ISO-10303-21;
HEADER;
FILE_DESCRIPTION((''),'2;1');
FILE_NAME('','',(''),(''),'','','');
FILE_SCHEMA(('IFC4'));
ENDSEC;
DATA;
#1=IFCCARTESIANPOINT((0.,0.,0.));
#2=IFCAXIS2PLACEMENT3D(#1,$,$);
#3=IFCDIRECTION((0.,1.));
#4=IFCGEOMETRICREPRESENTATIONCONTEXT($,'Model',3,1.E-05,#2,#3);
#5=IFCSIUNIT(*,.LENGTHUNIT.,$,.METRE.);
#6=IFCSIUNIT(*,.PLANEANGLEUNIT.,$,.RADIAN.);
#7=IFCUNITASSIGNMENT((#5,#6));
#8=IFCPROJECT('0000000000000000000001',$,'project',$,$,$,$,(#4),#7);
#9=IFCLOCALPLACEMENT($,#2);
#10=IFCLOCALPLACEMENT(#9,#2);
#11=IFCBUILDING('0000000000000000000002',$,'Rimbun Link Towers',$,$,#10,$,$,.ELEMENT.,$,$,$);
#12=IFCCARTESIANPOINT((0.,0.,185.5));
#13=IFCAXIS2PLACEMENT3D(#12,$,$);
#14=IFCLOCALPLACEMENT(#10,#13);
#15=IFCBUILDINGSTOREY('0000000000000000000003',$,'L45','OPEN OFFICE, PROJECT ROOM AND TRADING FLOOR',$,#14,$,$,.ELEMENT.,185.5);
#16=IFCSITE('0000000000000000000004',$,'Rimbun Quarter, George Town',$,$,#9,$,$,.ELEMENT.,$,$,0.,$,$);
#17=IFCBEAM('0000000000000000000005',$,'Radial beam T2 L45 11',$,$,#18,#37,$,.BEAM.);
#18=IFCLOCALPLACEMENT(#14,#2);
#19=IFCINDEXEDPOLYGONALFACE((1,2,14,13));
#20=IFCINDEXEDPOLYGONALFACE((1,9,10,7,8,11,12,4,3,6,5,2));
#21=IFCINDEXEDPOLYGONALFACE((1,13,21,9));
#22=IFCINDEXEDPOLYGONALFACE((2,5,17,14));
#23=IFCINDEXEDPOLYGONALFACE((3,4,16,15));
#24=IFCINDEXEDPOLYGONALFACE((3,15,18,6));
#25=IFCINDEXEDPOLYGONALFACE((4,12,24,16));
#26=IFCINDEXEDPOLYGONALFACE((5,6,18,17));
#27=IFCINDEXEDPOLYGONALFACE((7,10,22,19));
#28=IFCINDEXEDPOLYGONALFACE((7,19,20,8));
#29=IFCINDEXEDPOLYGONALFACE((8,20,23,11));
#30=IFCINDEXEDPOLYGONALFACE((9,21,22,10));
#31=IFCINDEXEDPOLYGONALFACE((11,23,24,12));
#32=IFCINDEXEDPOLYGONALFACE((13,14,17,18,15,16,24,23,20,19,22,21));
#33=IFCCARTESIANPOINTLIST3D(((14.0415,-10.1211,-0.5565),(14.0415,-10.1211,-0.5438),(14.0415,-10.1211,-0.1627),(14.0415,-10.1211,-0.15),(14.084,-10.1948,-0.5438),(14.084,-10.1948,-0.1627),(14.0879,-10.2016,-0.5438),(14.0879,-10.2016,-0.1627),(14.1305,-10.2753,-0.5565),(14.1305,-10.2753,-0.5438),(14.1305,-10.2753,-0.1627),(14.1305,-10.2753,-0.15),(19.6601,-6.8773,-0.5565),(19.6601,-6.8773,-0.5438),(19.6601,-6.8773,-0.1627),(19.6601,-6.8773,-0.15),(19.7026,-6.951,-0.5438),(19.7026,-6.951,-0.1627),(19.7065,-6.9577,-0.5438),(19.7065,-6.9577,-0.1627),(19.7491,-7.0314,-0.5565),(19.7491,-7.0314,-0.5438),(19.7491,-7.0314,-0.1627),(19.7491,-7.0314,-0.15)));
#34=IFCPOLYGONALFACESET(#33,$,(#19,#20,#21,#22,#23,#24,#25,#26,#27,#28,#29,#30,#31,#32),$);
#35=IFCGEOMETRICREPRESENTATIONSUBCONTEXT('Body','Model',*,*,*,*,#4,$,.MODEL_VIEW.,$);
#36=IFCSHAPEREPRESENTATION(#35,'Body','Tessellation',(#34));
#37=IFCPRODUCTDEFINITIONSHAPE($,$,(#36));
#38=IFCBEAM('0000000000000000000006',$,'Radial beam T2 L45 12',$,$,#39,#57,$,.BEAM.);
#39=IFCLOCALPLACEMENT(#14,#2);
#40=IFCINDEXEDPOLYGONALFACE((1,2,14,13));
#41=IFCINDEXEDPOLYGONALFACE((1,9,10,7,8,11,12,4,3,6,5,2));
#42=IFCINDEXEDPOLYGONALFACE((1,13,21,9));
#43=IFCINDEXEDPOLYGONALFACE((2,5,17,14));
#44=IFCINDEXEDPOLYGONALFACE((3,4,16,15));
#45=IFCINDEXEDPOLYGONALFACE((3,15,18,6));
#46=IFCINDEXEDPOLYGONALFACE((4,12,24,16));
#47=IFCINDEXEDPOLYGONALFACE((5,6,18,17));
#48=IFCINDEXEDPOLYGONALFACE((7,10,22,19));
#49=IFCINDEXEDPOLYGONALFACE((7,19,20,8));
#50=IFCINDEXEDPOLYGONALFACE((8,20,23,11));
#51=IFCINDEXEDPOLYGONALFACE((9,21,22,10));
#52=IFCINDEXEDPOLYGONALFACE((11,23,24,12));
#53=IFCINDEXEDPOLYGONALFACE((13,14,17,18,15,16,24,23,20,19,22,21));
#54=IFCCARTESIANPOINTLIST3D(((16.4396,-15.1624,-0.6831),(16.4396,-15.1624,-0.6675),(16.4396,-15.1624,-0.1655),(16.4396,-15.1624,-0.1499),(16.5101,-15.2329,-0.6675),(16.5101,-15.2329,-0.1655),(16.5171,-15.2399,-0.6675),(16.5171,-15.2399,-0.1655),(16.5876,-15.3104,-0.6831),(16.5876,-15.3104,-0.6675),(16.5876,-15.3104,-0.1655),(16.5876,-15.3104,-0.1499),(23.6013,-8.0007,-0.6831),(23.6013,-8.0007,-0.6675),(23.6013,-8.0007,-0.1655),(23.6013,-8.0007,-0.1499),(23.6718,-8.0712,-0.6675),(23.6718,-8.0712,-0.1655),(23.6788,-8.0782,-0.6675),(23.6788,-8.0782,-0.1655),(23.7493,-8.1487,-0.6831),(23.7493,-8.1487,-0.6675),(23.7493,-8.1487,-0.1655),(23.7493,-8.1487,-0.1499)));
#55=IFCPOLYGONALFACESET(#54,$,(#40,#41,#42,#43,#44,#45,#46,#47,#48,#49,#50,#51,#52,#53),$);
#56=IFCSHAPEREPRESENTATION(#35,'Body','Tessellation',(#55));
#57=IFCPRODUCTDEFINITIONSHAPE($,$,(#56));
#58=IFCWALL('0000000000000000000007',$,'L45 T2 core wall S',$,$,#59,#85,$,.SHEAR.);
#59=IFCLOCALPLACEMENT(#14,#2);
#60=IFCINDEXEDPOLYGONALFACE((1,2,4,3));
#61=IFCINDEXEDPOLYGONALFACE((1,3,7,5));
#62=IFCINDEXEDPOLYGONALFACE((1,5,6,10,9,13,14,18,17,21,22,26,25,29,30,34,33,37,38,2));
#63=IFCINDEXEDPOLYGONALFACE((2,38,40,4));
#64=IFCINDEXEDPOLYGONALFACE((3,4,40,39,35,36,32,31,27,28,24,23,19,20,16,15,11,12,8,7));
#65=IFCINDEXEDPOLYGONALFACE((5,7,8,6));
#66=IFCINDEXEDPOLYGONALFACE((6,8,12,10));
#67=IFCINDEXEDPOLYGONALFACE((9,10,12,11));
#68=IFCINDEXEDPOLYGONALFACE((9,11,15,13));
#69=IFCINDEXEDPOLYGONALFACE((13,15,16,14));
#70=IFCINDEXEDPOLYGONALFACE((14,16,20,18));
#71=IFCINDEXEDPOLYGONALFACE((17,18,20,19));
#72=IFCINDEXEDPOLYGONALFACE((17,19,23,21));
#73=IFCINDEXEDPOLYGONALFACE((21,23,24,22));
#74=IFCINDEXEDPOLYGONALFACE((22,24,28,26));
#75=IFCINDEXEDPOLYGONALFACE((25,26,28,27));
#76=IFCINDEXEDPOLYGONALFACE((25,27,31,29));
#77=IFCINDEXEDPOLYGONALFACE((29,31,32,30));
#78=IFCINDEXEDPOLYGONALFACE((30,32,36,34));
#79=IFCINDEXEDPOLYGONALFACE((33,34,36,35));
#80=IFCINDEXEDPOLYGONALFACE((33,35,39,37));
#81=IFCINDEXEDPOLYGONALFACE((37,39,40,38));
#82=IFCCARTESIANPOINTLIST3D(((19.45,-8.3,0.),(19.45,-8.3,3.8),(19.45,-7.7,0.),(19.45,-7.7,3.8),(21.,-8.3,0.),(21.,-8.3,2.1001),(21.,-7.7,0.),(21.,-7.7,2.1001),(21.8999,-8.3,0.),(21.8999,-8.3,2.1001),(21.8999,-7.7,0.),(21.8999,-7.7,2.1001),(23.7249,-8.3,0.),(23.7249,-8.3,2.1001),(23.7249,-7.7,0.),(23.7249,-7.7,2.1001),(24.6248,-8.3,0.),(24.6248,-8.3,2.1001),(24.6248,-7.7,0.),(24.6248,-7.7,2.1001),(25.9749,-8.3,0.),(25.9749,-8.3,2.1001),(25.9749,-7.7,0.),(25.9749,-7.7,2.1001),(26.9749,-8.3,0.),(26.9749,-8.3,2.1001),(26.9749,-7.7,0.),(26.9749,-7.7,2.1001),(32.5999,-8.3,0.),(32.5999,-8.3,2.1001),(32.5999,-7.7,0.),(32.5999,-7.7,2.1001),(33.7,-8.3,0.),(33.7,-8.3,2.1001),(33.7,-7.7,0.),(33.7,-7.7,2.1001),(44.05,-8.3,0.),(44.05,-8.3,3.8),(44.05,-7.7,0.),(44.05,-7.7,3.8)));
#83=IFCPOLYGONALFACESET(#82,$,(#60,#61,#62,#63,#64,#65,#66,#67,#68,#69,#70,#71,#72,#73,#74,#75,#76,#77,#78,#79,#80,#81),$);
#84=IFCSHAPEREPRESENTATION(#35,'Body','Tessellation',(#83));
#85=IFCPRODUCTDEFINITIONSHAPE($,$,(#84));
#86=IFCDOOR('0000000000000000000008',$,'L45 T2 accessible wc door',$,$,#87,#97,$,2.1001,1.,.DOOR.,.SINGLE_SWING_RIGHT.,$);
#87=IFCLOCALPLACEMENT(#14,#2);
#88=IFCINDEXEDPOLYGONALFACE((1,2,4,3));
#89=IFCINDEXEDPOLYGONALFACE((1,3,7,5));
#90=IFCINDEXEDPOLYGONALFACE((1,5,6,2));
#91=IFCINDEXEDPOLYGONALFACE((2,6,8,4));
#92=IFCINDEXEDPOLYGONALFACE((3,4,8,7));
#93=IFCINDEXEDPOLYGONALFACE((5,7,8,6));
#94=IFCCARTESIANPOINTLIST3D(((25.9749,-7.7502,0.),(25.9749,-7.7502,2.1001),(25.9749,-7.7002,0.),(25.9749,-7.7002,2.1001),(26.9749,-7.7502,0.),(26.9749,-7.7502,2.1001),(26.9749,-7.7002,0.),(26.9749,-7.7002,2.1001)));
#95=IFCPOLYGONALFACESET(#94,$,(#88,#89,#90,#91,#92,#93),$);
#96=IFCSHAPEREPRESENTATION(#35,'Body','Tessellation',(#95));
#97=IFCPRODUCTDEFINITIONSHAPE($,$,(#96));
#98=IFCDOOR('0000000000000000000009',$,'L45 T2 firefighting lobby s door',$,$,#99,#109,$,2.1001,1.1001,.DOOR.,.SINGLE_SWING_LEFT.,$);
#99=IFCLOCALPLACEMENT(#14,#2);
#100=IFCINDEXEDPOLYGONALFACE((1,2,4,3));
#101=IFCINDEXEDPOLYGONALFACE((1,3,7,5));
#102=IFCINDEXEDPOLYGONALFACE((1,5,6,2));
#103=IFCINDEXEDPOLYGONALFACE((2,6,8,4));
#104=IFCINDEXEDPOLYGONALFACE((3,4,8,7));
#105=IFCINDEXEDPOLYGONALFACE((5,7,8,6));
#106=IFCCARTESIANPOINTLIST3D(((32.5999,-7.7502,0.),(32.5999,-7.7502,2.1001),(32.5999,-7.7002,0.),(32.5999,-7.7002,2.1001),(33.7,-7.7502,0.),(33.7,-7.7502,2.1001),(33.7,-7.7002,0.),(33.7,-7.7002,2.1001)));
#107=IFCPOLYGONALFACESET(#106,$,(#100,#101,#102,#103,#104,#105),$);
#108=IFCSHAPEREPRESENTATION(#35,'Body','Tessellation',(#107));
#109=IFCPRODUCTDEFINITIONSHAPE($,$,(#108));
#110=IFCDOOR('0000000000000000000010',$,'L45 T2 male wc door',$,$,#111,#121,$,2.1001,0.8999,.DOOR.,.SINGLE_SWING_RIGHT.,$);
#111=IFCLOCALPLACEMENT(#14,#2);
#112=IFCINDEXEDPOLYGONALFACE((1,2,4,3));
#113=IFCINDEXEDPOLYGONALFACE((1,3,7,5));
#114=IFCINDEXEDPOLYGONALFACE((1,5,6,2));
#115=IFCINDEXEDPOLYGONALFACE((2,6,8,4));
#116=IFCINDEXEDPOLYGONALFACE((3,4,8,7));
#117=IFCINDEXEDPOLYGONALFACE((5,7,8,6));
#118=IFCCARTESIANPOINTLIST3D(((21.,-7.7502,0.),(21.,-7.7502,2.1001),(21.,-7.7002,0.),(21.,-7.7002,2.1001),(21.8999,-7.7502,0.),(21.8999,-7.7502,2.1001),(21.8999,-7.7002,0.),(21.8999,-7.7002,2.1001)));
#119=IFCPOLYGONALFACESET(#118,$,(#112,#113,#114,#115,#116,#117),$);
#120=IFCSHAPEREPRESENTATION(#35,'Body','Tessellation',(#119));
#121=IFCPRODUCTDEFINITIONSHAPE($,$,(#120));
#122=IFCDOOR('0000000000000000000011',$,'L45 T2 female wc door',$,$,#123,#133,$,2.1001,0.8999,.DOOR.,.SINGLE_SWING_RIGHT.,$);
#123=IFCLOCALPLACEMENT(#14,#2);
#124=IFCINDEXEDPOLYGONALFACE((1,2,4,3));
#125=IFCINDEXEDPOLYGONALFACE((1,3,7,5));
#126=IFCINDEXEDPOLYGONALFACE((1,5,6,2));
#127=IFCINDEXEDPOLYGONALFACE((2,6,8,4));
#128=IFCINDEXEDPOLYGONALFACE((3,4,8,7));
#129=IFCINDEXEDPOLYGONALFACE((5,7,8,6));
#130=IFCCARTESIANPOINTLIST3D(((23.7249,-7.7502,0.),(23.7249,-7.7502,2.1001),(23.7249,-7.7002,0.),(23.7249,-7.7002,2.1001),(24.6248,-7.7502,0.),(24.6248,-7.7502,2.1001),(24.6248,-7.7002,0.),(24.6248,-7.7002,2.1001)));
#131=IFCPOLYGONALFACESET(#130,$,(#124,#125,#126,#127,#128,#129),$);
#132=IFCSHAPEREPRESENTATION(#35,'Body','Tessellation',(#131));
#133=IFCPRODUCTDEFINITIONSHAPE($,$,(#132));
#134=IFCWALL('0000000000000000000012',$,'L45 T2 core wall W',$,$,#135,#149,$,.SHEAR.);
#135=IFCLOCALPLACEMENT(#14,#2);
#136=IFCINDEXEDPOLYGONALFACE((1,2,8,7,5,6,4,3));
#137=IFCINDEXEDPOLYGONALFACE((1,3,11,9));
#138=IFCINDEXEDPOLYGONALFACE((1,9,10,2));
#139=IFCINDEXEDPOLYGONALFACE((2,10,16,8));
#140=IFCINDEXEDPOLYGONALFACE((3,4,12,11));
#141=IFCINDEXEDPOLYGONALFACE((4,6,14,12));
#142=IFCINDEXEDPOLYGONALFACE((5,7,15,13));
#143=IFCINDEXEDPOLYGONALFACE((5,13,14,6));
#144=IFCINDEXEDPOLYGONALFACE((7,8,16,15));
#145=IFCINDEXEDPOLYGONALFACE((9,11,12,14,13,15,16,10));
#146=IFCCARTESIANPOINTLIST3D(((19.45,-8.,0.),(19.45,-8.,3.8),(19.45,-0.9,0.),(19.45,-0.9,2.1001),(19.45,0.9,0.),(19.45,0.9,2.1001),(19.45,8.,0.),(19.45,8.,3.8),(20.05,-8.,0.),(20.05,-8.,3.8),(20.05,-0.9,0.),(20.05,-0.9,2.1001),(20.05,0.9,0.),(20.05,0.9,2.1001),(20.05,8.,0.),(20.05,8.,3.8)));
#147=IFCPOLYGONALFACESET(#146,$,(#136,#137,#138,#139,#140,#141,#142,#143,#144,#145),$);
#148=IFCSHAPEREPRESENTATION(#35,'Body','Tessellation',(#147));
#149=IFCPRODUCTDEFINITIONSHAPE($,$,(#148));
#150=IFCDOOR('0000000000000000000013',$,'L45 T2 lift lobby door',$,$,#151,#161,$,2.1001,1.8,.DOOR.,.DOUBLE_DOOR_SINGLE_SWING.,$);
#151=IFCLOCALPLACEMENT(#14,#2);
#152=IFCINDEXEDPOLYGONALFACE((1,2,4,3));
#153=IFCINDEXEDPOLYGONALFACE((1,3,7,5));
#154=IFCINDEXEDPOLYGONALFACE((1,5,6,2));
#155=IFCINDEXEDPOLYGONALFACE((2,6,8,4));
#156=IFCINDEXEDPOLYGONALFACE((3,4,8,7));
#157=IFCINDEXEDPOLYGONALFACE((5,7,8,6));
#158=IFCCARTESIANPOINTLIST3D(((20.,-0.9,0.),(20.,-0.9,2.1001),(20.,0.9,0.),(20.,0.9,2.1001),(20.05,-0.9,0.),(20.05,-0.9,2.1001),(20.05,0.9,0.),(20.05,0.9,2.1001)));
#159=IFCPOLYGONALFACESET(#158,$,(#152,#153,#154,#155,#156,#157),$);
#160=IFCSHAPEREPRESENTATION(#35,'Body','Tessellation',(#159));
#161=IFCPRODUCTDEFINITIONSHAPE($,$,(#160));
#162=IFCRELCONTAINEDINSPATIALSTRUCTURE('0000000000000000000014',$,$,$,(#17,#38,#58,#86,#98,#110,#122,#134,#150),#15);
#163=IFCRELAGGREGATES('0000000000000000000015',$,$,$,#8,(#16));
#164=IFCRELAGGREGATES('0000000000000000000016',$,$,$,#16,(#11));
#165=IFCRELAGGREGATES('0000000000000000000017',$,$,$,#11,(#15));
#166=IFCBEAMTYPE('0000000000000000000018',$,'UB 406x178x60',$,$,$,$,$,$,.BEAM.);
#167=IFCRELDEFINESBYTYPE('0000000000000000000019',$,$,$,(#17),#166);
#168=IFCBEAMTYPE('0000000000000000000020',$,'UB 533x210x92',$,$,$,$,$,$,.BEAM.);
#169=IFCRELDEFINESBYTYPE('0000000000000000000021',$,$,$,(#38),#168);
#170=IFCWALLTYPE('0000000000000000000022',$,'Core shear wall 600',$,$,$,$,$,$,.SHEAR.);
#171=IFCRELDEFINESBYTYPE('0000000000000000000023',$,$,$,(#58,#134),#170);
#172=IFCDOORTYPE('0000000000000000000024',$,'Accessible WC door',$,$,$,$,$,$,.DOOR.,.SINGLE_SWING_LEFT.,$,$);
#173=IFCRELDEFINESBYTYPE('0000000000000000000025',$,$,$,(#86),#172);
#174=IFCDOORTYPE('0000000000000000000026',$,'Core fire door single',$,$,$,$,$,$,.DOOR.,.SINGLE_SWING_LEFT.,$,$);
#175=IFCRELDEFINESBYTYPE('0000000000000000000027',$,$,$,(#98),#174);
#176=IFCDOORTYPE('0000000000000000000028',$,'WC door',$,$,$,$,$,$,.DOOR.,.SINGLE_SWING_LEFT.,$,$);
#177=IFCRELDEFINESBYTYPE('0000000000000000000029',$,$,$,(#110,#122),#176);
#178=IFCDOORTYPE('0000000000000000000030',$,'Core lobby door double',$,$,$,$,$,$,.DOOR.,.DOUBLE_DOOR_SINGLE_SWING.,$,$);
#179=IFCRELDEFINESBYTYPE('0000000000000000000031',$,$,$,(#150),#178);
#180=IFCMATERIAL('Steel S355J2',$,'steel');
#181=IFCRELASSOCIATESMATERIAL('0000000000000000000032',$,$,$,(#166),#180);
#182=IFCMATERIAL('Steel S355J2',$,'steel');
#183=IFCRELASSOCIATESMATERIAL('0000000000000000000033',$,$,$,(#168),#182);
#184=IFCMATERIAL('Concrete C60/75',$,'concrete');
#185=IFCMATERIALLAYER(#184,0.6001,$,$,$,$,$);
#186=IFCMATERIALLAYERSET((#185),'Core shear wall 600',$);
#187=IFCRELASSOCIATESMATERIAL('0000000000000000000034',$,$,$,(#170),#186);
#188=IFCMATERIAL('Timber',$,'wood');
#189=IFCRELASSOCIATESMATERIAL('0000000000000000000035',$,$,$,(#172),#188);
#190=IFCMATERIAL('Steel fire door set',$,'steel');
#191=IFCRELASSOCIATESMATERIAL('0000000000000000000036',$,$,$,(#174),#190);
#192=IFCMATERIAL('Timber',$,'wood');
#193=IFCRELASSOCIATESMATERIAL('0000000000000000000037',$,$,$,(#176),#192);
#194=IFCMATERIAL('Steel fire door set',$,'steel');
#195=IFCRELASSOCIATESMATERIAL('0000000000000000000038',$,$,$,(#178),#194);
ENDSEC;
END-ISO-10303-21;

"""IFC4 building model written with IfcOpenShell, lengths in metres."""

from ifc_helpers import new_model, si_unit, direction, frame, frame_2d, origin, origin_2d, place, context, subcontext, project, spatial, rectangle, i_section, extrude, material, layer, layer_set, material_profile, profile_set, type_object, element, fill, save


model = new_model("IFC4")

# Units and contexts
model_context = context("Model", 3, precision=1e-05, world=origin(), true_north=direction((0.0, 1.0)))
body_context = subcontext(model_context, "Body", "Model", "MODEL_VIEW")
ifc_project = project(units=[si_unit("LENGTHUNIT", "METRE"), si_unit("PLANEANGLEUNIT", "RADIAN")], contexts=[model_context])

# Site, building, storey
site_placement = place(None, origin())
site = spatial("IfcSite", under=ifc_project, at=site_placement, Name="Rimbun Quarter, George Town", CompositionType="ELEMENT", RefElevation=0.0)
building_placement = place(site_placement, origin())
building = spatial("IfcBuilding", under=site, at=building_placement, Name="Rimbun Link Towers", CompositionType="ELEMENT")
storey_placement = place(building_placement, frame((0.0, 0.0, 185.5)))
storey = spatial("IfcBuildingStorey", under=building, at=storey_placement, Name="L45", Description="OPEN OFFICE, PROJECT ROOM AND TRADING FLOOR", CompositionType="ELEMENT", Elevation=185.5)

# Beams
ifc_material_1 = material(Name="Steel S355J2", Category="steel")
ifc_material_profile_1 = material_profile(ifc_material_1, i_section(OverallWidth=0.178, OverallDepth=0.4065, WebThickness=0.0078, FlangeThickness=0.0127, at=origin_2d()), Name="UB 406x178x60")
ifc_profile_set_1 = profile_set([ifc_material_profile_1], Name="Steel S355J2")
beam_type_1 = type_object("IfcBeamType", Name="UB 406x178x60", PredefinedType="BEAM", material=ifc_profile_set_1)
beam_1_placement = place(storey_placement, frame((19.7046, -6.9543, -0.3533), z_axis=(-0.866028, -0.499996, 0.0), x_axis=(0.499996, -0.866028, 0.0)))
element("IfcBeam", 1, at=beam_1_placement, inside=storey, type_object=beam_type_1, Name="Radial beam T2 L45 11", PredefinedType="BEAM", context=body_context, shape_type="SweptSolid", body=[
    extrude(i_section(OverallWidth=0.178, OverallDepth=0.4065, WebThickness=0.0078, FlangeThickness=0.0127, at=origin_2d()), origin(), (0.0, 0.0, 1.0), 6.4878),
])
ifc_material_2 = material(Name="Steel S355J2", Category="steel")
ifc_material_profile_2 = material_profile(ifc_material_2, i_section(OverallWidth=0.2092, OverallDepth=0.5332, WebThickness=0.01, FlangeThickness=0.0156, at=origin_2d()), Name="UB 533x210x92")
ifc_profile_set_2 = profile_set([ifc_material_profile_2], Name="Steel S355J2")
beam_type_2 = type_object("IfcBeamType", Name="UB 533x210x92", PredefinedType="BEAM", material=ifc_profile_set_2)
beam_2_placement = place(storey_placement, frame((23.6753, -8.0747, -0.4165), z_axis=(-0.707107, -0.707107, 0.0), x_axis=(0.707107, -0.707107, 0.0)))
element("IfcBeam", 2, at=beam_2_placement, inside=storey, type_object=beam_type_2, Name="Radial beam T2 L45 12", PredefinedType="BEAM", context=body_context, shape_type="SweptSolid", body=[
    extrude(i_section(OverallWidth=0.2092, OverallDepth=0.5332, WebThickness=0.01, FlangeThickness=0.0156, at=origin_2d()), origin(), (0.0, 0.0, 1.0), 10.1282),
])

# Wall, openings, doors
ifc_material_3 = material(Name="Concrete C60/75", Category="concrete")
ifc_layer_1 = layer(ifc_material_3, 0.6001)
ifc_layer_set_1 = layer_set([ifc_layer_1], Name="Core shear wall 600")
wall_type_1 = type_object("IfcWallType", Name="Core shear wall 600", PredefinedType="SHEAR", material=ifc_layer_set_1)
wall_1_placement = place(storey_placement, frame((19.45, -8.0, 0.0), z_axis=(0.0, 0.0, 1.0), x_axis=(1.0, 0.0, 0.0)))
wall_1 = element("IfcWall", 3, at=wall_1_placement, inside=storey, type_object=wall_type_1, Name="L45 T2 core wall S", PredefinedType="SHEAR", context=body_context, shape_type="SweptSolid", body=[
    extrude(rectangle(XDim=24.6001, YDim=0.6001, at=frame_2d((12.3, 0.0))), origin(), (0.0, 0.0, 1.0), 3.8),
])
opening_1_placement = place(wall_1_placement, frame((13.1499, 0.0, 0.0)))
opening_1 = element("IfcOpeningElement", 4, at=opening_1_placement, cuts=wall_1, PredefinedType="OPENING", context=body_context, shape_type="SweptSolid", body=[
    extrude(rectangle(XDim=1.1001, YDim=2.1001, at=frame_2d((0.55, 1.05))), frame((0.0, 0.3101, 0.0), z_axis=(0.0, -1.0, 0.0), x_axis=(1.0, 0.0, 0.0)), (0.0, 0.0, 1.0), 0.6201),
])
opening_2_placement = place(wall_1_placement, frame((1.55, 0.0, 0.0)))
opening_2 = element("IfcOpeningElement", 5, at=opening_2_placement, cuts=wall_1, PredefinedType="OPENING", context=body_context, shape_type="SweptSolid", body=[
    extrude(rectangle(XDim=0.8999, YDim=2.1001, at=frame_2d((0.45, 1.05))), frame((0.0, 0.3101, 0.0), z_axis=(0.0, -1.0, 0.0), x_axis=(1.0, 0.0, 0.0)), (0.0, 0.0, 1.0), 0.6201),
])
opening_3_placement = place(wall_1_placement, frame((4.2749, 0.0, 0.0)))
opening_3 = element("IfcOpeningElement", 6, at=opening_3_placement, cuts=wall_1, PredefinedType="OPENING", context=body_context, shape_type="SweptSolid", body=[
    extrude(rectangle(XDim=0.8999, YDim=2.1001, at=frame_2d((0.45, 1.05))), frame((0.0, 0.3101, 0.0), z_axis=(0.0, -1.0, 0.0), x_axis=(1.0, 0.0, 0.0)), (0.0, 0.0, 1.0), 0.6201),
])
opening_4_placement = place(wall_1_placement, frame((6.5249, 0.0, 0.0)))
opening_4 = element("IfcOpeningElement", 7, at=opening_4_placement, cuts=wall_1, PredefinedType="OPENING", context=body_context, shape_type="SweptSolid", body=[
    extrude(rectangle(XDim=1.0, YDim=2.1001, at=frame_2d((0.5, 1.05))), frame((0.0, 0.3101, 0.0), z_axis=(0.0, -1.0, 0.0), x_axis=(1.0, 0.0, 0.0)), (0.0, 0.0, 1.0), 0.6201),
])
ifc_material_4 = material(Name="Timber", Category="wood")
door_type_1 = type_object("IfcDoorType", Name="Accessible WC door", OperationType="SINGLE_SWING_LEFT", PredefinedType="DOOR", material=ifc_material_4)
door_1_placement = place(opening_4_placement, origin())
door_1 = element("IfcDoor", 8, at=door_1_placement, inside=storey, type_object=door_type_1, Name="L45 T2 accessible wc door", OperationType="SINGLE_SWING_RIGHT", OverallHeight=2.1001, OverallWidth=1.0, PredefinedType="DOOR", context=body_context, shape_type="SweptSolid", body=[
    extrude(rectangle(XDim=1.0, YDim=2.1001, at=frame_2d((0.5, 1.05))), frame((0.0, 0.2998, 0.0), z_axis=(0.0, -1.0, 0.0), x_axis=(1.0, 0.0, 0.0)), (0.0, 0.0, 1.0), 0.05),
])
fill(opening_4, door_1)
ifc_material_5 = material(Name="Steel fire door set", Category="steel")
door_type_2 = type_object("IfcDoorType", Name="Core fire door single", OperationType="SINGLE_SWING_LEFT", PredefinedType="DOOR", material=ifc_material_5)
door_2_placement = place(opening_1_placement, origin())
door_2 = element("IfcDoor", 9, at=door_2_placement, inside=storey, type_object=door_type_2, Name="L45 T2 firefighting lobby s door", OperationType="SINGLE_SWING_LEFT", OverallHeight=2.1001, OverallWidth=1.1001, PredefinedType="DOOR", context=body_context, shape_type="SweptSolid", body=[
    extrude(rectangle(XDim=1.1001, YDim=2.1001, at=frame_2d((0.55, 1.05))), frame((0.0, 0.2998, 0.0), z_axis=(0.0, -1.0, 0.0), x_axis=(1.0, 0.0, 0.0)), (0.0, 0.0, 1.0), 0.05),
])
fill(opening_1, door_2)
ifc_material_6 = material(Name="Timber", Category="wood")
door_type_3 = type_object("IfcDoorType", Name="WC door", OperationType="SINGLE_SWING_LEFT", PredefinedType="DOOR", material=ifc_material_6)
door_3_placement = place(opening_2_placement, origin())
door_3 = element("IfcDoor", 10, at=door_3_placement, inside=storey, type_object=door_type_3, Name="L45 T2 male wc door", OperationType="SINGLE_SWING_RIGHT", OverallHeight=2.1001, OverallWidth=0.8999, PredefinedType="DOOR", context=body_context, shape_type="SweptSolid", body=[
    extrude(rectangle(XDim=0.8999, YDim=2.1001, at=frame_2d((0.45, 1.05))), frame((0.0, 0.2998, 0.0), z_axis=(0.0, -1.0, 0.0), x_axis=(1.0, 0.0, 0.0)), (0.0, 0.0, 1.0), 0.05),
])
fill(opening_2, door_3)
door_4_placement = place(opening_3_placement, origin())
door_4 = element("IfcDoor", 11, at=door_4_placement, inside=storey, type_object=door_type_3, Name="L45 T2 female wc door", OperationType="SINGLE_SWING_RIGHT", OverallHeight=2.1001, OverallWidth=0.8999, PredefinedType="DOOR", context=body_context, shape_type="SweptSolid", body=[
    extrude(rectangle(XDim=0.8999, YDim=2.1001, at=frame_2d((0.45, 1.05))), frame((0.0, 0.2998, 0.0), z_axis=(0.0, -1.0, 0.0), x_axis=(1.0, 0.0, 0.0)), (0.0, 0.0, 1.0), 0.05),
])
fill(opening_3, door_4)

# Wall, opening, door
wall_2_placement = place(storey_placement, frame((19.75, -8.0, 0.0), z_axis=(0.0, 0.0, 1.0), x_axis=(0.0, 1.0, 0.0)))
wall_2 = element("IfcWall", 12, at=wall_2_placement, inside=storey, type_object=wall_type_1, Name="L45 T2 core wall W", PredefinedType="SHEAR", context=body_context, shape_type="SweptSolid", body=[
    extrude(rectangle(XDim=16.0, YDim=0.6001, at=frame_2d((8.0, 0.0))), origin(), (0.0, 0.0, 1.0), 3.8),
])
opening_5_placement = place(wall_2_placement, frame((7.1001, 0.0, 0.0)))
opening_5 = element("IfcOpeningElement", 13, at=opening_5_placement, cuts=wall_2, PredefinedType="OPENING", context=body_context, shape_type="SweptSolid", body=[
    extrude(rectangle(XDim=1.8, YDim=2.1001, at=frame_2d((0.8999, 1.05))), frame((0.0, 0.3101, 0.0), z_axis=(0.0, -1.0, 0.0), x_axis=(1.0, 0.0, 0.0)), (0.0, 0.0, 1.0), 0.6201),
])
ifc_material_7 = material(Name="Steel fire door set", Category="steel")
door_type_4 = type_object("IfcDoorType", Name="Core lobby door double", OperationType="DOUBLE_DOOR_SINGLE_SWING", PredefinedType="DOOR", material=ifc_material_7)
door_5_placement = place(opening_5_placement, origin())
door_5 = element("IfcDoor", 14, at=door_5_placement, inside=storey, type_object=door_type_4, Name="L45 T2 lift lobby door", OperationType="DOUBLE_DOOR_SINGLE_SWING", OverallHeight=2.1001, OverallWidth=1.8, PredefinedType="DOOR", context=body_context, shape_type="SweptSolid", body=[
    extrude(rectangle(XDim=1.8, YDim=2.1001, at=frame_2d((0.8999, 1.05))), frame((0.0, -0.25, 0.0), z_axis=(0.0, -1.0, 0.0), x_axis=(1.0, 0.0, 0.0)), (0.0, 0.0, 1.0), 0.05),
])
fill(opening_5, door_5)

save(model, "model.ifc")
